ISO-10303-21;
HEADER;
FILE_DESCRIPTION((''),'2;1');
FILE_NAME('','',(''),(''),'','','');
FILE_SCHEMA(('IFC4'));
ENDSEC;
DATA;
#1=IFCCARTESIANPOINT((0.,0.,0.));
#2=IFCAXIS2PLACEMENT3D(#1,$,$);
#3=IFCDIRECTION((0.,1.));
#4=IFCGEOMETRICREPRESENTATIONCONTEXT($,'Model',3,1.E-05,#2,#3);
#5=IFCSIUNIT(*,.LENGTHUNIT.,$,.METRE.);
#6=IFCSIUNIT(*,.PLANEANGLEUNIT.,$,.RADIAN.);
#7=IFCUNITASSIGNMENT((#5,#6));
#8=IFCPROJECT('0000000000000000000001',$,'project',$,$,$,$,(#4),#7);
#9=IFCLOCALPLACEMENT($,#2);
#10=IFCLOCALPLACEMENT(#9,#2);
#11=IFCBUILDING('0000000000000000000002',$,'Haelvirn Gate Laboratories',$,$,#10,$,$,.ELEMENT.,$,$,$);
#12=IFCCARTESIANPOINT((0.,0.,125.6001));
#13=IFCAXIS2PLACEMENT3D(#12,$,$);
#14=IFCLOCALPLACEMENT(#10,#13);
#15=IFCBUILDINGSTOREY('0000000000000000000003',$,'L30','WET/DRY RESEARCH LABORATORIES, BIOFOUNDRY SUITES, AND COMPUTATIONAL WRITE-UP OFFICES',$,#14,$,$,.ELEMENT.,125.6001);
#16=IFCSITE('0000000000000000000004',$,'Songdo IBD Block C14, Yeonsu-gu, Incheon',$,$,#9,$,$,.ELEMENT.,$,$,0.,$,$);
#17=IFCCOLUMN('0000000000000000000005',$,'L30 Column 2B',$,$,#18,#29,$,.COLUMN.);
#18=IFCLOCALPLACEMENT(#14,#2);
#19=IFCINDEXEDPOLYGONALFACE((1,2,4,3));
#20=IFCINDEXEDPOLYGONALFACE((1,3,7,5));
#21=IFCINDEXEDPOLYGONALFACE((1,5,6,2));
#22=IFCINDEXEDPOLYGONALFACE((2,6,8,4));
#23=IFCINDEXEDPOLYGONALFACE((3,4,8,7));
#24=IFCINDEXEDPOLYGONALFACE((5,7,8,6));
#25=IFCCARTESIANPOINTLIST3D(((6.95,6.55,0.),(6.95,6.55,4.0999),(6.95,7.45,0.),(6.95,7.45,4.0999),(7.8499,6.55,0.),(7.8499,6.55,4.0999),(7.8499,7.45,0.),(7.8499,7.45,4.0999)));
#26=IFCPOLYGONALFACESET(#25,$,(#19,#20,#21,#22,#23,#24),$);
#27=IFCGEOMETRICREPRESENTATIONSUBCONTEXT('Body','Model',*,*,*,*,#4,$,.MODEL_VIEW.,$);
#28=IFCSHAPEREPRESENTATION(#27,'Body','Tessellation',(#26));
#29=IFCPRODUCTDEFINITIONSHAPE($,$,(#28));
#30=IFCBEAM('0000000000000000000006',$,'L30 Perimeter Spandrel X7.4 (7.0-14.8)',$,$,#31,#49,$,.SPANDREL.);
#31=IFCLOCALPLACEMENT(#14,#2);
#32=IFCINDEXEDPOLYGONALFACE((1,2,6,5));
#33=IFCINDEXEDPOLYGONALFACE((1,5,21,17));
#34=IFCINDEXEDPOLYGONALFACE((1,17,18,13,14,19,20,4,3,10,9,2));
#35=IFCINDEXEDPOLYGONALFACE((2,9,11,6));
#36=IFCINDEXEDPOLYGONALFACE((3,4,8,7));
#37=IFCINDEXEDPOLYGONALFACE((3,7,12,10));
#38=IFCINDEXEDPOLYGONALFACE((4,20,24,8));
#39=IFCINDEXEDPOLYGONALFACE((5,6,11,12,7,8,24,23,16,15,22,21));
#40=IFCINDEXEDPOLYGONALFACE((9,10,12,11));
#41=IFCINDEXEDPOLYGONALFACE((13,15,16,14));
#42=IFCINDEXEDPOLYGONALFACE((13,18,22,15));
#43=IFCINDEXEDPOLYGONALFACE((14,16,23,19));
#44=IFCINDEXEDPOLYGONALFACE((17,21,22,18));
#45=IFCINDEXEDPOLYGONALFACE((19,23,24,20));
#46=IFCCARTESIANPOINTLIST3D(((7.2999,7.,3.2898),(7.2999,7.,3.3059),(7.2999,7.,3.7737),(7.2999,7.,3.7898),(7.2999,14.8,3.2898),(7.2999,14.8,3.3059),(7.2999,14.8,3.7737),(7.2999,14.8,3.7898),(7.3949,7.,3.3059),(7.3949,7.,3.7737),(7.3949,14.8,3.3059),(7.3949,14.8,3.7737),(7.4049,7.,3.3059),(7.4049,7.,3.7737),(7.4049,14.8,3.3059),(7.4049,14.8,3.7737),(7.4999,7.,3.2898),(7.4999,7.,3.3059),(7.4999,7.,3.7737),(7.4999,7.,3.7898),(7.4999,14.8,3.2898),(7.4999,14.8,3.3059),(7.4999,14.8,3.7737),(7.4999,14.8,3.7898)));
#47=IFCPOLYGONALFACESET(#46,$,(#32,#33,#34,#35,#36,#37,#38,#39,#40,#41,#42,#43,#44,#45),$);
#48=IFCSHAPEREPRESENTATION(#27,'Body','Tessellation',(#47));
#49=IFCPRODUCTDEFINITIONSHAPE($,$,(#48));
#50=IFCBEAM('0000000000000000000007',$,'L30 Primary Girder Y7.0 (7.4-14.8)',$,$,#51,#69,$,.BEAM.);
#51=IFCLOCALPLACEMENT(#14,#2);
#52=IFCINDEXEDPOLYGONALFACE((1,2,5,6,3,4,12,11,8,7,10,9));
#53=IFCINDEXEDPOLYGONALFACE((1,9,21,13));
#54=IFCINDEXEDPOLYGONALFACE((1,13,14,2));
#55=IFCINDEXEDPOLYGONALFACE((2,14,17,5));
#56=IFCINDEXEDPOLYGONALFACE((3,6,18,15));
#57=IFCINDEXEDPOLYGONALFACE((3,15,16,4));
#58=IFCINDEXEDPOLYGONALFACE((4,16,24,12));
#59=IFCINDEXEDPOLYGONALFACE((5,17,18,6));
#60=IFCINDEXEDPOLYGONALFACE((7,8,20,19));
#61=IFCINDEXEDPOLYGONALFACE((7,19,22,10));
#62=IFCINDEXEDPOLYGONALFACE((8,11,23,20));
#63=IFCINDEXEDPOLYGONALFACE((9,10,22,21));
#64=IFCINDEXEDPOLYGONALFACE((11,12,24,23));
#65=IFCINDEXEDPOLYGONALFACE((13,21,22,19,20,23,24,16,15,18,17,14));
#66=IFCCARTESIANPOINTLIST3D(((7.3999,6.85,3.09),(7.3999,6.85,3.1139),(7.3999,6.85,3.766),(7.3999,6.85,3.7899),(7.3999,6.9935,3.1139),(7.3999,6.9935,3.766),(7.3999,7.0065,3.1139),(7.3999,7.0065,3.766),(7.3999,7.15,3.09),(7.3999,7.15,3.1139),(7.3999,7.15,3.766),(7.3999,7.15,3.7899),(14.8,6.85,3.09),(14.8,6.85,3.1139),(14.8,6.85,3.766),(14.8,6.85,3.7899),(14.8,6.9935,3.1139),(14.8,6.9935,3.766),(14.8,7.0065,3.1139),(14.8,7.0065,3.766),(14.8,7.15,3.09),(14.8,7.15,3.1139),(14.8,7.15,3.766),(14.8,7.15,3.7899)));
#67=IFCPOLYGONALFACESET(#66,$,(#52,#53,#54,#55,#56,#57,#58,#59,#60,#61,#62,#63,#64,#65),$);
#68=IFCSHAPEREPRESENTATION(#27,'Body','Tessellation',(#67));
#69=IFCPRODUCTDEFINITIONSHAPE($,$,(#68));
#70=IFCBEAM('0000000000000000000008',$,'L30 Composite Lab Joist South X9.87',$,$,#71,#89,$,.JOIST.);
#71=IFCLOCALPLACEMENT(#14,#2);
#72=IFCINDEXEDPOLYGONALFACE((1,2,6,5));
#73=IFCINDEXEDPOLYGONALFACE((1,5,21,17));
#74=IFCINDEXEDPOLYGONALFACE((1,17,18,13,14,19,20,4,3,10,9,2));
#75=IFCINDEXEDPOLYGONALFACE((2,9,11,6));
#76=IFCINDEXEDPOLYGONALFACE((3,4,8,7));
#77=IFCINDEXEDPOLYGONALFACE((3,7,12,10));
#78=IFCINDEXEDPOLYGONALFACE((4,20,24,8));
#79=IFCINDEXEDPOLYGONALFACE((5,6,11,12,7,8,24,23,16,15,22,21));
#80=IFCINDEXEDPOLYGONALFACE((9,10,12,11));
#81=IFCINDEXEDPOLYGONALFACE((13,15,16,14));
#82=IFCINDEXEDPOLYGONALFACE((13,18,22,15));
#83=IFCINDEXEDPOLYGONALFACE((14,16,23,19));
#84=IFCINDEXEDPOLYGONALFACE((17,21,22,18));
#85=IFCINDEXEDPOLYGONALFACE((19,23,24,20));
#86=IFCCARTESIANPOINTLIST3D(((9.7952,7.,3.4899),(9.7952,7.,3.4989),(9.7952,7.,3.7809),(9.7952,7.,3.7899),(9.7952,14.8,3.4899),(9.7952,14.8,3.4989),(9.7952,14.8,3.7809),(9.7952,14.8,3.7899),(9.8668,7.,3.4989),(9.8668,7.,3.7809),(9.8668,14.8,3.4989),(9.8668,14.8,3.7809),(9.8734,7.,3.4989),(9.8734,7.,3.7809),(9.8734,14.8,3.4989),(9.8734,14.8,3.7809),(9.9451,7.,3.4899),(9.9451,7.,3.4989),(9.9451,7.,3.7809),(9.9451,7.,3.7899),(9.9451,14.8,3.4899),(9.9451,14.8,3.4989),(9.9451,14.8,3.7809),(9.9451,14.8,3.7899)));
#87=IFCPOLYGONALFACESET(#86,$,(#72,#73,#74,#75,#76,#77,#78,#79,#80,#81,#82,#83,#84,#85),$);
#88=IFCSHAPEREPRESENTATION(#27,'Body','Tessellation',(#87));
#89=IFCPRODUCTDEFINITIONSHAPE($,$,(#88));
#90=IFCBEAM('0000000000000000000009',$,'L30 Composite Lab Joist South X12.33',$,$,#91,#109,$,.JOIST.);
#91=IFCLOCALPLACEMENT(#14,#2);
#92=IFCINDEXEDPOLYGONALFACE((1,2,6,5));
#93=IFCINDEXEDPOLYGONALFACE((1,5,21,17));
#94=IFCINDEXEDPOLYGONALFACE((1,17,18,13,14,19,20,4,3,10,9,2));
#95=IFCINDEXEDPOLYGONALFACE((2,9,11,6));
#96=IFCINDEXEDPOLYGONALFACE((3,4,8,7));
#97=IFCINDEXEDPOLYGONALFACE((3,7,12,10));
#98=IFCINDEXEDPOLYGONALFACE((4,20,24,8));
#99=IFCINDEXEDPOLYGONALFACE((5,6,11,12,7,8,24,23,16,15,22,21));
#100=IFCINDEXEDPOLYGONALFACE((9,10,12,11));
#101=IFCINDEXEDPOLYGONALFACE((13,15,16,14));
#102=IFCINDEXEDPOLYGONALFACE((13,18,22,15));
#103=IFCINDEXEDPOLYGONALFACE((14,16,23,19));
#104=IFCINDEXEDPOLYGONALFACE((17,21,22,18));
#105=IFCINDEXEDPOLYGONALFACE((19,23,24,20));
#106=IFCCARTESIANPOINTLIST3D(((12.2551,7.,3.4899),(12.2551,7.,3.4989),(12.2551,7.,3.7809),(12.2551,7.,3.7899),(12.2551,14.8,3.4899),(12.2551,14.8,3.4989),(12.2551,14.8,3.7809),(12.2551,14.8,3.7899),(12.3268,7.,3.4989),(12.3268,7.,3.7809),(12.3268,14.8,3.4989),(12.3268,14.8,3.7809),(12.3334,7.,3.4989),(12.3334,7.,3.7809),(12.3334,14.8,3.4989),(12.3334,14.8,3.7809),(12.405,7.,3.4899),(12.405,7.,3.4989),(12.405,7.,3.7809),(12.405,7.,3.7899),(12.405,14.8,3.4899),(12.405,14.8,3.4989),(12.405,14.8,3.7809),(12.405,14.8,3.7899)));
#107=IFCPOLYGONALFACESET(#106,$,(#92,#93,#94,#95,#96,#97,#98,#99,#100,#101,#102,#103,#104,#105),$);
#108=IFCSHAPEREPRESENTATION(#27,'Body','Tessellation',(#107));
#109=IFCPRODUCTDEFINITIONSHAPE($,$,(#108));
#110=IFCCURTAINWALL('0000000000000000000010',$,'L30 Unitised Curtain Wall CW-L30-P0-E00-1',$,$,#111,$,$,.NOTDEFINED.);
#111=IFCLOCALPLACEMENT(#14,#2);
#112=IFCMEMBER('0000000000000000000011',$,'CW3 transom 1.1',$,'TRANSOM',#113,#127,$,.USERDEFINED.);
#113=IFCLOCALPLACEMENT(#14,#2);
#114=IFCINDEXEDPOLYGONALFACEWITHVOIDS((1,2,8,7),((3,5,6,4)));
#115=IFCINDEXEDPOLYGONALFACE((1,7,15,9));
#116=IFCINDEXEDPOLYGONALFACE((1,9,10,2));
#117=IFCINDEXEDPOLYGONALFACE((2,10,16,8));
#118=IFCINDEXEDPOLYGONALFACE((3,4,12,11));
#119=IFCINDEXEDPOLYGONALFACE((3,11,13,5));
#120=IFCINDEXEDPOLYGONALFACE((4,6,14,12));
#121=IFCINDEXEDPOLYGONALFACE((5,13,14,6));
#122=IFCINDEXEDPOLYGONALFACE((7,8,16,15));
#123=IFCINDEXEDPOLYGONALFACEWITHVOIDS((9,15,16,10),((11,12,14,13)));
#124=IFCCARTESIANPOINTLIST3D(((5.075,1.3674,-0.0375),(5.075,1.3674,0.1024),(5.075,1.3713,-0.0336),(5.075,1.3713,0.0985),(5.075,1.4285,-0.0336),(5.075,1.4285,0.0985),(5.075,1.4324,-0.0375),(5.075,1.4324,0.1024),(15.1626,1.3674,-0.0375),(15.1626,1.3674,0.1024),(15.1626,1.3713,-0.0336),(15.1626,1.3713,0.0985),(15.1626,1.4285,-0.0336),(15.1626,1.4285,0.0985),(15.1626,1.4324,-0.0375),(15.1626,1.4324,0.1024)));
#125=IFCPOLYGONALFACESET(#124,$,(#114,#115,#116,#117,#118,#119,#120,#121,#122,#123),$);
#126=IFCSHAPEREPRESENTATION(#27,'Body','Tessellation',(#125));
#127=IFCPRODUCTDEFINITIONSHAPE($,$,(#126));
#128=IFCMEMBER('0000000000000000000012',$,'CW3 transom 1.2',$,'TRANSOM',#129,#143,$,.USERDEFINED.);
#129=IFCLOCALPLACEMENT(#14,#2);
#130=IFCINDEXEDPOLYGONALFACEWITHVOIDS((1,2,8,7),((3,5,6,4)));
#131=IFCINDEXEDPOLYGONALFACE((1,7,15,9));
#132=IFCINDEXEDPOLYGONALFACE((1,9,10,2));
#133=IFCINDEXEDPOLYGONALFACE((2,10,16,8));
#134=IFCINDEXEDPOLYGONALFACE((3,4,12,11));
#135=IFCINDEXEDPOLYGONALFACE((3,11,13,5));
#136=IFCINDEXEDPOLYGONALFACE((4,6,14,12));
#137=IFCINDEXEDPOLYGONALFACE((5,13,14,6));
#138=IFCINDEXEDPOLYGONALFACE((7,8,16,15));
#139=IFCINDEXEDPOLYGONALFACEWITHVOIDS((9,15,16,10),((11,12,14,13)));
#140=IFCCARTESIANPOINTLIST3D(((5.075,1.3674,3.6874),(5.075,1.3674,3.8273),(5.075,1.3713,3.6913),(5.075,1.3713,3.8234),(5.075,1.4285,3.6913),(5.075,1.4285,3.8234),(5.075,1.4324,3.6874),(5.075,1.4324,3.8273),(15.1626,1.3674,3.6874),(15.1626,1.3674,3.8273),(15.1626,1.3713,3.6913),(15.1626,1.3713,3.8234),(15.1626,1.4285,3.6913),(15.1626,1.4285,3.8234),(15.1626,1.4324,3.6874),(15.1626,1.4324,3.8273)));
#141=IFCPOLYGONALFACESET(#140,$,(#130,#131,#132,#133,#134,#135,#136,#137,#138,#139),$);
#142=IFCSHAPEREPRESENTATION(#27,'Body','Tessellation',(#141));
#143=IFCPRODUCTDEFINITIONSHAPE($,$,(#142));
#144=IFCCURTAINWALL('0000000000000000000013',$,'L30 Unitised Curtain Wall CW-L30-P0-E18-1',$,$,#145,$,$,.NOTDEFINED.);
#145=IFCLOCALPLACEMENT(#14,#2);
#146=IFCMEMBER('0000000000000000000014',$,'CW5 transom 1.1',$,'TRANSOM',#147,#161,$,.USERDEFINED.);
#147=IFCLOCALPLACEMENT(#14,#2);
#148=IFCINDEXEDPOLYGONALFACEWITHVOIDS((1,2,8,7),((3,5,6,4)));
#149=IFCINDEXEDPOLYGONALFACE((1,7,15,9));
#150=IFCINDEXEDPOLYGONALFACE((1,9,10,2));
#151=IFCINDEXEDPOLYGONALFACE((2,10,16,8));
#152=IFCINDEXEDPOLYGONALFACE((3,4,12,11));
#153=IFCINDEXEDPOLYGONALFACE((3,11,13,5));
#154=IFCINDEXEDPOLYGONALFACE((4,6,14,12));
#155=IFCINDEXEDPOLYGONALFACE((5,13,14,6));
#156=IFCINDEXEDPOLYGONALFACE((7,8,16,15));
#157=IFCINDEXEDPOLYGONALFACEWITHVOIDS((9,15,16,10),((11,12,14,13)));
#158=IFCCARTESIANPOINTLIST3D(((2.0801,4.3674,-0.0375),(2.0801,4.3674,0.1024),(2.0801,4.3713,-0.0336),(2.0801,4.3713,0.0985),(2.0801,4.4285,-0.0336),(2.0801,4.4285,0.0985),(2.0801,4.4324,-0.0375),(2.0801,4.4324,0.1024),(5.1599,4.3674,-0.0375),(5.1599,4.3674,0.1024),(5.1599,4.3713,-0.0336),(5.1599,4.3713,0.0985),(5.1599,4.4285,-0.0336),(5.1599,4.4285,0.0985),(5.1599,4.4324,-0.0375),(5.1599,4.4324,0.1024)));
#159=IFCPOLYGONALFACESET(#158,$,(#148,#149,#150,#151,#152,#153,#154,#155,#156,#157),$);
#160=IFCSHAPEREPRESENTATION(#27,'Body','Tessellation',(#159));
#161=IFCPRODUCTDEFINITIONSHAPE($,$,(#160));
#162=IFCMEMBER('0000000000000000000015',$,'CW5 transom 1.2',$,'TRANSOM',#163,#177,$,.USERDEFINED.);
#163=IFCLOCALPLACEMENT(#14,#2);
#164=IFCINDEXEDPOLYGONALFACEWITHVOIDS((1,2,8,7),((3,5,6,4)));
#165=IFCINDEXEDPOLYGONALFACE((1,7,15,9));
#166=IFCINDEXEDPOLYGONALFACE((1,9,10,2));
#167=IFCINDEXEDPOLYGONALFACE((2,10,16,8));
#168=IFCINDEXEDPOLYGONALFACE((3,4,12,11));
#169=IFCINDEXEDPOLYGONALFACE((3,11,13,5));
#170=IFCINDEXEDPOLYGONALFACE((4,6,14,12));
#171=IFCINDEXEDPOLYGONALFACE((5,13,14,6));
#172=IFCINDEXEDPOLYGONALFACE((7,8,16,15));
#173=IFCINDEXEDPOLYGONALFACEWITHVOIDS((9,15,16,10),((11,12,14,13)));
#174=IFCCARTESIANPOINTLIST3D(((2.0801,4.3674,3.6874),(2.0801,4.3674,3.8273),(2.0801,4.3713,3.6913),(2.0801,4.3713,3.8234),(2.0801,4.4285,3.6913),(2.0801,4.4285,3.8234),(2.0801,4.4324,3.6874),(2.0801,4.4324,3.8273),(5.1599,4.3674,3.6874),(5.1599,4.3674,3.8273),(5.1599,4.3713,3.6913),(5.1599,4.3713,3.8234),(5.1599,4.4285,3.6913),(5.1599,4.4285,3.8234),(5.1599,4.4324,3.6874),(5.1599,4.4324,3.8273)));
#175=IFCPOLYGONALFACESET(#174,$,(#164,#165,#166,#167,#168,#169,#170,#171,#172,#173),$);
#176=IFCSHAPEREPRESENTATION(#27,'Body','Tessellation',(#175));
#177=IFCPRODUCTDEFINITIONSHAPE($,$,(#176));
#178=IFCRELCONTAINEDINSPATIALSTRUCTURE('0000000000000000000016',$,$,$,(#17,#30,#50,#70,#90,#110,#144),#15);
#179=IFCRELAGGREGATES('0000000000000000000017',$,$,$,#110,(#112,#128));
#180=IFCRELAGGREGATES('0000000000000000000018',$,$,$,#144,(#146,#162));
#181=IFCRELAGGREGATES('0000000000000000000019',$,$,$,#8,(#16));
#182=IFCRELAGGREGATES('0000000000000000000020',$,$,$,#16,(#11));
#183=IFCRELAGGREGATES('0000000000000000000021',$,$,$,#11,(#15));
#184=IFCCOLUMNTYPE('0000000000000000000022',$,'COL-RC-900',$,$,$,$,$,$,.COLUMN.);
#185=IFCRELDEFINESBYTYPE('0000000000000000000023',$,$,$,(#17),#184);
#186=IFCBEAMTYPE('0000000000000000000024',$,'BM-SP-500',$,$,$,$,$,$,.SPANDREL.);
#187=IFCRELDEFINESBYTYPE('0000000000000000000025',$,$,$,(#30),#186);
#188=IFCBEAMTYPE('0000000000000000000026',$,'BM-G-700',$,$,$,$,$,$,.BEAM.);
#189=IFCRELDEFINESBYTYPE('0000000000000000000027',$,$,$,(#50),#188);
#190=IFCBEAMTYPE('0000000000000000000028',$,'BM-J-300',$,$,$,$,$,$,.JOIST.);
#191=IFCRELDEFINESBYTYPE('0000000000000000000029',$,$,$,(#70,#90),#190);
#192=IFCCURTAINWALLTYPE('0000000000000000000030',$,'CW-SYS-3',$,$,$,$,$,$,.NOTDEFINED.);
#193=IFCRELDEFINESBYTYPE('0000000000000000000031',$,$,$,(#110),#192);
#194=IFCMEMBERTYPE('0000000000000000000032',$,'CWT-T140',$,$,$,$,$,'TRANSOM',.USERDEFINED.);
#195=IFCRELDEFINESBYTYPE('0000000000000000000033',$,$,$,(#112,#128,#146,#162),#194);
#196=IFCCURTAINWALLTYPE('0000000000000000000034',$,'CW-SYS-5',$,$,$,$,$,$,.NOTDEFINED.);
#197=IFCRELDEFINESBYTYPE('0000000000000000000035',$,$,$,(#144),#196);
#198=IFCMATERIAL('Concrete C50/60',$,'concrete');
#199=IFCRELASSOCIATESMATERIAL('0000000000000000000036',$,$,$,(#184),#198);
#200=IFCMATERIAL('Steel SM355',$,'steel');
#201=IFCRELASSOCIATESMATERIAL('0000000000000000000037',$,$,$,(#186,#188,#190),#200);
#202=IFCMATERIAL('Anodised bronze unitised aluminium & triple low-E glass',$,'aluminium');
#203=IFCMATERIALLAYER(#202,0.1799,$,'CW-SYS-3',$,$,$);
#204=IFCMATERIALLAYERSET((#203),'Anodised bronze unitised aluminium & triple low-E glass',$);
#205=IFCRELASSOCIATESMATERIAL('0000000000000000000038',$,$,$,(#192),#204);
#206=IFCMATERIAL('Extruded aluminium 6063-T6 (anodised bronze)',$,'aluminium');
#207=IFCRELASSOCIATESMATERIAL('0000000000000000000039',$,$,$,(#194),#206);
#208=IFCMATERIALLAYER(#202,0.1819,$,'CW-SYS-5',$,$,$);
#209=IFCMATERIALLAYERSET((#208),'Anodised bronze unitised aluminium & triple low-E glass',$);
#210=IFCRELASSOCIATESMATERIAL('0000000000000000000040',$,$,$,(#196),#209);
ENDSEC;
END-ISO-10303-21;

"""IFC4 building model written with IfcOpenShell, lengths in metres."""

from ifc_helpers import new_model, si_unit, direction, frame, origin, origin_2d, place, context, subcontext, project, spatial, rectangle, hollow_rectangle, i_section, extrude, source, transform, mapped, material, layer, layer_set, material_profile, profile_set, type_object, type_shapes, element, aggregate, save


model = new_model("IFC4")

# Units and contexts
model_context = context("Model", 3, precision=1e-05, world=origin(), true_north=direction((0.0, 1.0)))
body_context = subcontext(model_context, "Body", "Model", "MODEL_VIEW")
ifc_project = project(units=[si_unit("LENGTHUNIT", "METRE"), si_unit("PLANEANGLEUNIT", "RADIAN")], contexts=[model_context])

# Site, building, storey
site_placement = place(None, origin())
site = spatial("IfcSite", under=ifc_project, at=site_placement, Name="Songdo IBD Block C14, Yeonsu-gu, Incheon", CompositionType="ELEMENT", RefElevation=0.0)
building_placement = place(site_placement, origin())
building = spatial("IfcBuilding", under=site, at=building_placement, Name="Haelvirn Gate Laboratories", CompositionType="ELEMENT")
storey_placement = place(building_placement, frame((0.0, 0.0, 125.6001)))
storey = spatial("IfcBuildingStorey", under=building, at=storey_placement, Name="L30", Description="WET/DRY RESEARCH LABORATORIES, BIOFOUNDRY SUITES, AND COMPUTATIONAL WRITE-UP OFFICES", CompositionType="ELEMENT", Elevation=125.6001)

# Column
ifc_material_1 = material(Name="Concrete C50/60", Category="concrete")
ifc_material_profile_1 = material_profile(ifc_material_1, rectangle(XDim=0.8999, YDim=0.8999, at=origin_2d()), Name="RC-900x900")
ifc_profile_set_1 = profile_set([ifc_material_profile_1], Name="Concrete C50/60")
column_type = type_object("IfcColumnType", Name="COL-RC-900", PredefinedType="COLUMN", material=ifc_profile_set_1)
shared_shape_1 = source(origin(), body_context, "Body", "SweptSolid", [
    extrude(rectangle(XDim=0.8999, YDim=0.8999, at=origin_2d()), origin(), (0.0, 0.0, 1.0), 4.0999),
])
type_shapes(column_type, [shared_shape_1])
column_placement = place(storey_placement, frame((7.3999, 7.0, 0.0), z_axis=(0.0, 0.0, 1.0), x_axis=(1.0, 0.0, 0.0)))
element("IfcColumn", 1, at=column_placement, inside=storey, type_object=column_type, Name="L30 Column 2B", PredefinedType="COLUMN", context=body_context, shape_type="MappedRepresentation", body=[
    mapped(shared_shape_1, transform((0.0, 0.0, 0.0), scale=1.0)),
])

# Beams
ifc_material_2 = material(Name="Steel SM355", Category="steel")
ifc_material_profile_2 = material_profile(ifc_material_2, i_section(OverallWidth=0.2, OverallDepth=0.5, WebThickness=0.01, FlangeThickness=0.0161, at=origin_2d()), Name="H-500x200x10x16")
ifc_profile_set_2 = profile_set([ifc_material_profile_2], Name="Steel SM355")
beam_type_1 = type_object("IfcBeamType", Name="BM-SP-500", PredefinedType="SPANDREL", material=ifc_profile_set_2)
shared_shape_2 = source(origin(), body_context, "Body", "SweptSolid", [
    extrude(i_section(OverallWidth=0.2, OverallDepth=0.5, WebThickness=0.01, FlangeThickness=0.0161, at=origin_2d()), origin(), (0.0, 0.0, 1.0), 7.8),
])
type_shapes(beam_type_1, [shared_shape_2])
beam_1_placement = place(storey_placement, frame((7.3999, 7.0, 3.5398), z_axis=(0.0, 1.0, 0.0), x_axis=(-1.0, 0.0, 0.0)))
element("IfcBeam", 2, at=beam_1_placement, inside=storey, type_object=beam_type_1, Name="L30 Perimeter Spandrel X7.4 (7.0-14.8)", PredefinedType="SPANDREL", context=body_context, shape_type="MappedRepresentation", body=[
    mapped(shared_shape_2, transform((0.0, 0.0, 0.0), scale=1.0)),
])
ifc_material_profile_3 = material_profile(ifc_material_2, i_section(OverallWidth=0.3, OverallDepth=0.7, WebThickness=0.0129, FlangeThickness=0.0239, at=origin_2d()), Name="H-700x300x13x24")
ifc_profile_set_3 = profile_set([ifc_material_profile_3], Name="Steel SM355")
beam_type_2 = type_object("IfcBeamType", Name="BM-G-700", PredefinedType="BEAM", material=ifc_profile_set_3)
shared_shape_3 = source(origin(), body_context, "Body", "SweptSolid", [
    extrude(i_section(OverallWidth=0.3, OverallDepth=0.7, WebThickness=0.0129, FlangeThickness=0.0239, at=origin_2d()), origin(), (0.0, 0.0, 1.0), 7.4001),
])
type_shapes(beam_type_2, [shared_shape_3])
beam_2_placement = place(storey_placement, frame((7.3999, 7.0, 3.4399), z_axis=(1.0, 0.0, 0.0), x_axis=(0.0, 1.0, 0.0)))
element("IfcBeam", 3, at=beam_2_placement, inside=storey, type_object=beam_type_2, Name="L30 Primary Girder Y7.0 (7.4-14.8)", PredefinedType="BEAM", context=body_context, shape_type="MappedRepresentation", body=[
    mapped(shared_shape_3, transform((0.0, 0.0, 0.0), scale=1.0)),
])
ifc_material_profile_4 = material_profile(ifc_material_2, i_section(OverallWidth=0.1499, OverallDepth=0.3, WebThickness=0.0066, FlangeThickness=0.009, at=origin_2d()), Name="H-300x150x6.5x9")
ifc_profile_set_4 = profile_set([ifc_material_profile_4], Name="Steel SM355")
beam_type_3 = type_object("IfcBeamType", Name="BM-J-300", PredefinedType="JOIST", material=ifc_profile_set_4)
shared_shape_4 = source(origin(), body_context, "Body", "SweptSolid", [
    extrude(i_section(OverallWidth=0.1499, OverallDepth=0.3, WebThickness=0.0066, FlangeThickness=0.009, at=origin_2d()), origin(), (0.0, 0.0, 1.0), 7.8),
])
type_shapes(beam_type_3, [shared_shape_4])
for number, where, z_axis, x_axis, name in (
    (4, (9.8701, 7.0, 3.6399), (0.0, 1.0, 0.0), (-1.0, 0.0, 0.0), "L30 Composite Lab Joist South X9.87"),
    (5, (12.3301, 7.0, 3.6399), (0.0, 1.0, 0.0), (-1.0, 0.0, 0.0), "L30 Composite Lab Joist South X12.33"),
):
    element("IfcBeam", number, at=place(storey_placement, frame(where, z_axis=z_axis, x_axis=x_axis)), inside=storey, type_object=beam_type_3, Name=name, PredefinedType="JOIST", context=body_context, shape_type="MappedRepresentation", body=[
        mapped(shared_shape_4, transform((0.0, 0.0, 0.0), scale=1.0)),
    ])

# Curtain walls, members
ifc_material_3 = material(Name="Anodised bronze unitised aluminium & triple low-E glass", Category="aluminium")
ifc_layer_1 = layer(ifc_material_3, 0.1799, Name="CW-SYS-3")
ifc_layer_set_1 = layer_set([ifc_layer_1], Name="Anodised bronze unitised aluminium & triple low-E glass")
curtain_wall_type_1 = type_object("IfcCurtainWallType", Name="CW-SYS-3", PredefinedType="NOTDEFINED", material=ifc_layer_set_1)
curtain_wall_1_placement = place(storey_placement, origin())
curtain_wall_1 = element("IfcCurtainWall", 6, at=curtain_wall_1_placement, inside=storey, type_object=curtain_wall_type_1, Name="L30 Unitised Curtain Wall CW-L30-P0-E00-1", PredefinedType="NOTDEFINED")
ifc_material_4 = material(Name="Extruded aluminium 6063-T6 (anodised bronze)", Category="aluminium")
ifc_material_profile_5 = material_profile(ifc_material_4, hollow_rectangle(XDim=0.0649, YDim=0.1399, WallThickness=0.0039, at=origin_2d()), Name="CWT-140x65x4")
ifc_profile_set_5 = profile_set([ifc_material_profile_5], Name="Extruded aluminium 6063-T6 (anodised bronze)")
member_type_1 = type_object("IfcMemberType", Name="CWT-T140", ElementType="TRANSOM", PredefinedType="USERDEFINED", material=ifc_profile_set_5)
shared_shape_5 = source(origin(), body_context, "Body", "SweptSolid", [
    extrude(hollow_rectangle(XDim=0.0649, YDim=0.1399, WallThickness=0.0039, at=origin_2d()), origin(), (0.0, 0.0, 1.0), 10.0876),
])
member_1_placement = place(storey_placement, frame((5.075, 1.3999, 0.0325), z_axis=(1.0, 0.0, 0.0), x_axis=(0.0, 1.0, 0.0)))
member_1 = element("IfcMember", 7, at=member_1_placement, type_object=member_type_1, Name="CW3 transom 1.1", ObjectType="TRANSOM", PredefinedType="USERDEFINED", context=body_context, shape_type="MappedRepresentation", body=[
    mapped(shared_shape_5, transform((0.0, 0.0, 0.0), scale=1.0)),
])
member_2_placement = place(storey_placement, frame((5.075, 1.3999, 3.7573), z_axis=(1.0, 0.0, 0.0), x_axis=(0.0, 1.0, 0.0)))
member_2 = element("IfcMember", 8, at=member_2_placement, type_object=member_type_1, Name="CW3 transom 1.2", ObjectType="TRANSOM", PredefinedType="USERDEFINED", context=body_context, shape_type="MappedRepresentation", body=[
    mapped(shared_shape_5, transform((0.0, 0.0, 0.0), scale=1.0)),
])
ifc_layer_2 = layer(ifc_material_3, 0.1819, Name="CW-SYS-5")
ifc_layer_set_2 = layer_set([ifc_layer_2], Name="Anodised bronze unitised aluminium & triple low-E glass")
curtain_wall_type_2 = type_object("IfcCurtainWallType", Name="CW-SYS-5", PredefinedType="NOTDEFINED", material=ifc_layer_set_2)
curtain_wall_2_placement = place(storey_placement, origin())
curtain_wall_2 = element("IfcCurtainWall", 9, at=curtain_wall_2_placement, inside=storey, type_object=curtain_wall_type_2, Name="L30 Unitised Curtain Wall CW-L30-P0-E18-1", PredefinedType="NOTDEFINED")
shared_shape_6 = source(origin(), body_context, "Body", "SweptSolid", [
    extrude(hollow_rectangle(XDim=0.0649, YDim=0.1399, WallThickness=0.0039, at=origin_2d()), origin(), (0.0, 0.0, 1.0), 3.0798),
])
type_shapes(member_type_1, [shared_shape_5, shared_shape_6])
member_3_placement = place(storey_placement, frame((2.0801, 4.3999, 0.0325), z_axis=(1.0, 0.0, 0.0), x_axis=(0.0, 1.0, 0.0)))
member_3 = element("IfcMember", 10, at=member_3_placement, type_object=member_type_1, Name="CW5 transom 1.1", ObjectType="TRANSOM", PredefinedType="USERDEFINED", context=body_context, shape_type="MappedRepresentation", body=[
    mapped(shared_shape_6, transform((0.0, 0.0, 0.0), scale=1.0)),
])
member_4_placement = place(storey_placement, frame((2.0801, 4.3999, 3.7573), z_axis=(1.0, 0.0, 0.0), x_axis=(0.0, 1.0, 0.0)))
member_4 = element("IfcMember", 11, at=member_4_placement, type_object=member_type_1, Name="CW5 transom 1.2", ObjectType="TRANSOM", PredefinedType="USERDEFINED", context=body_context, shape_type="MappedRepresentation", body=[
    mapped(shared_shape_6, transform((0.0, 0.0, 0.0), scale=1.0)),
])

aggregate(curtain_wall_1, [member_1, member_2])
aggregate(curtain_wall_2, [member_3, member_4])

save(model, "model.ifc")
